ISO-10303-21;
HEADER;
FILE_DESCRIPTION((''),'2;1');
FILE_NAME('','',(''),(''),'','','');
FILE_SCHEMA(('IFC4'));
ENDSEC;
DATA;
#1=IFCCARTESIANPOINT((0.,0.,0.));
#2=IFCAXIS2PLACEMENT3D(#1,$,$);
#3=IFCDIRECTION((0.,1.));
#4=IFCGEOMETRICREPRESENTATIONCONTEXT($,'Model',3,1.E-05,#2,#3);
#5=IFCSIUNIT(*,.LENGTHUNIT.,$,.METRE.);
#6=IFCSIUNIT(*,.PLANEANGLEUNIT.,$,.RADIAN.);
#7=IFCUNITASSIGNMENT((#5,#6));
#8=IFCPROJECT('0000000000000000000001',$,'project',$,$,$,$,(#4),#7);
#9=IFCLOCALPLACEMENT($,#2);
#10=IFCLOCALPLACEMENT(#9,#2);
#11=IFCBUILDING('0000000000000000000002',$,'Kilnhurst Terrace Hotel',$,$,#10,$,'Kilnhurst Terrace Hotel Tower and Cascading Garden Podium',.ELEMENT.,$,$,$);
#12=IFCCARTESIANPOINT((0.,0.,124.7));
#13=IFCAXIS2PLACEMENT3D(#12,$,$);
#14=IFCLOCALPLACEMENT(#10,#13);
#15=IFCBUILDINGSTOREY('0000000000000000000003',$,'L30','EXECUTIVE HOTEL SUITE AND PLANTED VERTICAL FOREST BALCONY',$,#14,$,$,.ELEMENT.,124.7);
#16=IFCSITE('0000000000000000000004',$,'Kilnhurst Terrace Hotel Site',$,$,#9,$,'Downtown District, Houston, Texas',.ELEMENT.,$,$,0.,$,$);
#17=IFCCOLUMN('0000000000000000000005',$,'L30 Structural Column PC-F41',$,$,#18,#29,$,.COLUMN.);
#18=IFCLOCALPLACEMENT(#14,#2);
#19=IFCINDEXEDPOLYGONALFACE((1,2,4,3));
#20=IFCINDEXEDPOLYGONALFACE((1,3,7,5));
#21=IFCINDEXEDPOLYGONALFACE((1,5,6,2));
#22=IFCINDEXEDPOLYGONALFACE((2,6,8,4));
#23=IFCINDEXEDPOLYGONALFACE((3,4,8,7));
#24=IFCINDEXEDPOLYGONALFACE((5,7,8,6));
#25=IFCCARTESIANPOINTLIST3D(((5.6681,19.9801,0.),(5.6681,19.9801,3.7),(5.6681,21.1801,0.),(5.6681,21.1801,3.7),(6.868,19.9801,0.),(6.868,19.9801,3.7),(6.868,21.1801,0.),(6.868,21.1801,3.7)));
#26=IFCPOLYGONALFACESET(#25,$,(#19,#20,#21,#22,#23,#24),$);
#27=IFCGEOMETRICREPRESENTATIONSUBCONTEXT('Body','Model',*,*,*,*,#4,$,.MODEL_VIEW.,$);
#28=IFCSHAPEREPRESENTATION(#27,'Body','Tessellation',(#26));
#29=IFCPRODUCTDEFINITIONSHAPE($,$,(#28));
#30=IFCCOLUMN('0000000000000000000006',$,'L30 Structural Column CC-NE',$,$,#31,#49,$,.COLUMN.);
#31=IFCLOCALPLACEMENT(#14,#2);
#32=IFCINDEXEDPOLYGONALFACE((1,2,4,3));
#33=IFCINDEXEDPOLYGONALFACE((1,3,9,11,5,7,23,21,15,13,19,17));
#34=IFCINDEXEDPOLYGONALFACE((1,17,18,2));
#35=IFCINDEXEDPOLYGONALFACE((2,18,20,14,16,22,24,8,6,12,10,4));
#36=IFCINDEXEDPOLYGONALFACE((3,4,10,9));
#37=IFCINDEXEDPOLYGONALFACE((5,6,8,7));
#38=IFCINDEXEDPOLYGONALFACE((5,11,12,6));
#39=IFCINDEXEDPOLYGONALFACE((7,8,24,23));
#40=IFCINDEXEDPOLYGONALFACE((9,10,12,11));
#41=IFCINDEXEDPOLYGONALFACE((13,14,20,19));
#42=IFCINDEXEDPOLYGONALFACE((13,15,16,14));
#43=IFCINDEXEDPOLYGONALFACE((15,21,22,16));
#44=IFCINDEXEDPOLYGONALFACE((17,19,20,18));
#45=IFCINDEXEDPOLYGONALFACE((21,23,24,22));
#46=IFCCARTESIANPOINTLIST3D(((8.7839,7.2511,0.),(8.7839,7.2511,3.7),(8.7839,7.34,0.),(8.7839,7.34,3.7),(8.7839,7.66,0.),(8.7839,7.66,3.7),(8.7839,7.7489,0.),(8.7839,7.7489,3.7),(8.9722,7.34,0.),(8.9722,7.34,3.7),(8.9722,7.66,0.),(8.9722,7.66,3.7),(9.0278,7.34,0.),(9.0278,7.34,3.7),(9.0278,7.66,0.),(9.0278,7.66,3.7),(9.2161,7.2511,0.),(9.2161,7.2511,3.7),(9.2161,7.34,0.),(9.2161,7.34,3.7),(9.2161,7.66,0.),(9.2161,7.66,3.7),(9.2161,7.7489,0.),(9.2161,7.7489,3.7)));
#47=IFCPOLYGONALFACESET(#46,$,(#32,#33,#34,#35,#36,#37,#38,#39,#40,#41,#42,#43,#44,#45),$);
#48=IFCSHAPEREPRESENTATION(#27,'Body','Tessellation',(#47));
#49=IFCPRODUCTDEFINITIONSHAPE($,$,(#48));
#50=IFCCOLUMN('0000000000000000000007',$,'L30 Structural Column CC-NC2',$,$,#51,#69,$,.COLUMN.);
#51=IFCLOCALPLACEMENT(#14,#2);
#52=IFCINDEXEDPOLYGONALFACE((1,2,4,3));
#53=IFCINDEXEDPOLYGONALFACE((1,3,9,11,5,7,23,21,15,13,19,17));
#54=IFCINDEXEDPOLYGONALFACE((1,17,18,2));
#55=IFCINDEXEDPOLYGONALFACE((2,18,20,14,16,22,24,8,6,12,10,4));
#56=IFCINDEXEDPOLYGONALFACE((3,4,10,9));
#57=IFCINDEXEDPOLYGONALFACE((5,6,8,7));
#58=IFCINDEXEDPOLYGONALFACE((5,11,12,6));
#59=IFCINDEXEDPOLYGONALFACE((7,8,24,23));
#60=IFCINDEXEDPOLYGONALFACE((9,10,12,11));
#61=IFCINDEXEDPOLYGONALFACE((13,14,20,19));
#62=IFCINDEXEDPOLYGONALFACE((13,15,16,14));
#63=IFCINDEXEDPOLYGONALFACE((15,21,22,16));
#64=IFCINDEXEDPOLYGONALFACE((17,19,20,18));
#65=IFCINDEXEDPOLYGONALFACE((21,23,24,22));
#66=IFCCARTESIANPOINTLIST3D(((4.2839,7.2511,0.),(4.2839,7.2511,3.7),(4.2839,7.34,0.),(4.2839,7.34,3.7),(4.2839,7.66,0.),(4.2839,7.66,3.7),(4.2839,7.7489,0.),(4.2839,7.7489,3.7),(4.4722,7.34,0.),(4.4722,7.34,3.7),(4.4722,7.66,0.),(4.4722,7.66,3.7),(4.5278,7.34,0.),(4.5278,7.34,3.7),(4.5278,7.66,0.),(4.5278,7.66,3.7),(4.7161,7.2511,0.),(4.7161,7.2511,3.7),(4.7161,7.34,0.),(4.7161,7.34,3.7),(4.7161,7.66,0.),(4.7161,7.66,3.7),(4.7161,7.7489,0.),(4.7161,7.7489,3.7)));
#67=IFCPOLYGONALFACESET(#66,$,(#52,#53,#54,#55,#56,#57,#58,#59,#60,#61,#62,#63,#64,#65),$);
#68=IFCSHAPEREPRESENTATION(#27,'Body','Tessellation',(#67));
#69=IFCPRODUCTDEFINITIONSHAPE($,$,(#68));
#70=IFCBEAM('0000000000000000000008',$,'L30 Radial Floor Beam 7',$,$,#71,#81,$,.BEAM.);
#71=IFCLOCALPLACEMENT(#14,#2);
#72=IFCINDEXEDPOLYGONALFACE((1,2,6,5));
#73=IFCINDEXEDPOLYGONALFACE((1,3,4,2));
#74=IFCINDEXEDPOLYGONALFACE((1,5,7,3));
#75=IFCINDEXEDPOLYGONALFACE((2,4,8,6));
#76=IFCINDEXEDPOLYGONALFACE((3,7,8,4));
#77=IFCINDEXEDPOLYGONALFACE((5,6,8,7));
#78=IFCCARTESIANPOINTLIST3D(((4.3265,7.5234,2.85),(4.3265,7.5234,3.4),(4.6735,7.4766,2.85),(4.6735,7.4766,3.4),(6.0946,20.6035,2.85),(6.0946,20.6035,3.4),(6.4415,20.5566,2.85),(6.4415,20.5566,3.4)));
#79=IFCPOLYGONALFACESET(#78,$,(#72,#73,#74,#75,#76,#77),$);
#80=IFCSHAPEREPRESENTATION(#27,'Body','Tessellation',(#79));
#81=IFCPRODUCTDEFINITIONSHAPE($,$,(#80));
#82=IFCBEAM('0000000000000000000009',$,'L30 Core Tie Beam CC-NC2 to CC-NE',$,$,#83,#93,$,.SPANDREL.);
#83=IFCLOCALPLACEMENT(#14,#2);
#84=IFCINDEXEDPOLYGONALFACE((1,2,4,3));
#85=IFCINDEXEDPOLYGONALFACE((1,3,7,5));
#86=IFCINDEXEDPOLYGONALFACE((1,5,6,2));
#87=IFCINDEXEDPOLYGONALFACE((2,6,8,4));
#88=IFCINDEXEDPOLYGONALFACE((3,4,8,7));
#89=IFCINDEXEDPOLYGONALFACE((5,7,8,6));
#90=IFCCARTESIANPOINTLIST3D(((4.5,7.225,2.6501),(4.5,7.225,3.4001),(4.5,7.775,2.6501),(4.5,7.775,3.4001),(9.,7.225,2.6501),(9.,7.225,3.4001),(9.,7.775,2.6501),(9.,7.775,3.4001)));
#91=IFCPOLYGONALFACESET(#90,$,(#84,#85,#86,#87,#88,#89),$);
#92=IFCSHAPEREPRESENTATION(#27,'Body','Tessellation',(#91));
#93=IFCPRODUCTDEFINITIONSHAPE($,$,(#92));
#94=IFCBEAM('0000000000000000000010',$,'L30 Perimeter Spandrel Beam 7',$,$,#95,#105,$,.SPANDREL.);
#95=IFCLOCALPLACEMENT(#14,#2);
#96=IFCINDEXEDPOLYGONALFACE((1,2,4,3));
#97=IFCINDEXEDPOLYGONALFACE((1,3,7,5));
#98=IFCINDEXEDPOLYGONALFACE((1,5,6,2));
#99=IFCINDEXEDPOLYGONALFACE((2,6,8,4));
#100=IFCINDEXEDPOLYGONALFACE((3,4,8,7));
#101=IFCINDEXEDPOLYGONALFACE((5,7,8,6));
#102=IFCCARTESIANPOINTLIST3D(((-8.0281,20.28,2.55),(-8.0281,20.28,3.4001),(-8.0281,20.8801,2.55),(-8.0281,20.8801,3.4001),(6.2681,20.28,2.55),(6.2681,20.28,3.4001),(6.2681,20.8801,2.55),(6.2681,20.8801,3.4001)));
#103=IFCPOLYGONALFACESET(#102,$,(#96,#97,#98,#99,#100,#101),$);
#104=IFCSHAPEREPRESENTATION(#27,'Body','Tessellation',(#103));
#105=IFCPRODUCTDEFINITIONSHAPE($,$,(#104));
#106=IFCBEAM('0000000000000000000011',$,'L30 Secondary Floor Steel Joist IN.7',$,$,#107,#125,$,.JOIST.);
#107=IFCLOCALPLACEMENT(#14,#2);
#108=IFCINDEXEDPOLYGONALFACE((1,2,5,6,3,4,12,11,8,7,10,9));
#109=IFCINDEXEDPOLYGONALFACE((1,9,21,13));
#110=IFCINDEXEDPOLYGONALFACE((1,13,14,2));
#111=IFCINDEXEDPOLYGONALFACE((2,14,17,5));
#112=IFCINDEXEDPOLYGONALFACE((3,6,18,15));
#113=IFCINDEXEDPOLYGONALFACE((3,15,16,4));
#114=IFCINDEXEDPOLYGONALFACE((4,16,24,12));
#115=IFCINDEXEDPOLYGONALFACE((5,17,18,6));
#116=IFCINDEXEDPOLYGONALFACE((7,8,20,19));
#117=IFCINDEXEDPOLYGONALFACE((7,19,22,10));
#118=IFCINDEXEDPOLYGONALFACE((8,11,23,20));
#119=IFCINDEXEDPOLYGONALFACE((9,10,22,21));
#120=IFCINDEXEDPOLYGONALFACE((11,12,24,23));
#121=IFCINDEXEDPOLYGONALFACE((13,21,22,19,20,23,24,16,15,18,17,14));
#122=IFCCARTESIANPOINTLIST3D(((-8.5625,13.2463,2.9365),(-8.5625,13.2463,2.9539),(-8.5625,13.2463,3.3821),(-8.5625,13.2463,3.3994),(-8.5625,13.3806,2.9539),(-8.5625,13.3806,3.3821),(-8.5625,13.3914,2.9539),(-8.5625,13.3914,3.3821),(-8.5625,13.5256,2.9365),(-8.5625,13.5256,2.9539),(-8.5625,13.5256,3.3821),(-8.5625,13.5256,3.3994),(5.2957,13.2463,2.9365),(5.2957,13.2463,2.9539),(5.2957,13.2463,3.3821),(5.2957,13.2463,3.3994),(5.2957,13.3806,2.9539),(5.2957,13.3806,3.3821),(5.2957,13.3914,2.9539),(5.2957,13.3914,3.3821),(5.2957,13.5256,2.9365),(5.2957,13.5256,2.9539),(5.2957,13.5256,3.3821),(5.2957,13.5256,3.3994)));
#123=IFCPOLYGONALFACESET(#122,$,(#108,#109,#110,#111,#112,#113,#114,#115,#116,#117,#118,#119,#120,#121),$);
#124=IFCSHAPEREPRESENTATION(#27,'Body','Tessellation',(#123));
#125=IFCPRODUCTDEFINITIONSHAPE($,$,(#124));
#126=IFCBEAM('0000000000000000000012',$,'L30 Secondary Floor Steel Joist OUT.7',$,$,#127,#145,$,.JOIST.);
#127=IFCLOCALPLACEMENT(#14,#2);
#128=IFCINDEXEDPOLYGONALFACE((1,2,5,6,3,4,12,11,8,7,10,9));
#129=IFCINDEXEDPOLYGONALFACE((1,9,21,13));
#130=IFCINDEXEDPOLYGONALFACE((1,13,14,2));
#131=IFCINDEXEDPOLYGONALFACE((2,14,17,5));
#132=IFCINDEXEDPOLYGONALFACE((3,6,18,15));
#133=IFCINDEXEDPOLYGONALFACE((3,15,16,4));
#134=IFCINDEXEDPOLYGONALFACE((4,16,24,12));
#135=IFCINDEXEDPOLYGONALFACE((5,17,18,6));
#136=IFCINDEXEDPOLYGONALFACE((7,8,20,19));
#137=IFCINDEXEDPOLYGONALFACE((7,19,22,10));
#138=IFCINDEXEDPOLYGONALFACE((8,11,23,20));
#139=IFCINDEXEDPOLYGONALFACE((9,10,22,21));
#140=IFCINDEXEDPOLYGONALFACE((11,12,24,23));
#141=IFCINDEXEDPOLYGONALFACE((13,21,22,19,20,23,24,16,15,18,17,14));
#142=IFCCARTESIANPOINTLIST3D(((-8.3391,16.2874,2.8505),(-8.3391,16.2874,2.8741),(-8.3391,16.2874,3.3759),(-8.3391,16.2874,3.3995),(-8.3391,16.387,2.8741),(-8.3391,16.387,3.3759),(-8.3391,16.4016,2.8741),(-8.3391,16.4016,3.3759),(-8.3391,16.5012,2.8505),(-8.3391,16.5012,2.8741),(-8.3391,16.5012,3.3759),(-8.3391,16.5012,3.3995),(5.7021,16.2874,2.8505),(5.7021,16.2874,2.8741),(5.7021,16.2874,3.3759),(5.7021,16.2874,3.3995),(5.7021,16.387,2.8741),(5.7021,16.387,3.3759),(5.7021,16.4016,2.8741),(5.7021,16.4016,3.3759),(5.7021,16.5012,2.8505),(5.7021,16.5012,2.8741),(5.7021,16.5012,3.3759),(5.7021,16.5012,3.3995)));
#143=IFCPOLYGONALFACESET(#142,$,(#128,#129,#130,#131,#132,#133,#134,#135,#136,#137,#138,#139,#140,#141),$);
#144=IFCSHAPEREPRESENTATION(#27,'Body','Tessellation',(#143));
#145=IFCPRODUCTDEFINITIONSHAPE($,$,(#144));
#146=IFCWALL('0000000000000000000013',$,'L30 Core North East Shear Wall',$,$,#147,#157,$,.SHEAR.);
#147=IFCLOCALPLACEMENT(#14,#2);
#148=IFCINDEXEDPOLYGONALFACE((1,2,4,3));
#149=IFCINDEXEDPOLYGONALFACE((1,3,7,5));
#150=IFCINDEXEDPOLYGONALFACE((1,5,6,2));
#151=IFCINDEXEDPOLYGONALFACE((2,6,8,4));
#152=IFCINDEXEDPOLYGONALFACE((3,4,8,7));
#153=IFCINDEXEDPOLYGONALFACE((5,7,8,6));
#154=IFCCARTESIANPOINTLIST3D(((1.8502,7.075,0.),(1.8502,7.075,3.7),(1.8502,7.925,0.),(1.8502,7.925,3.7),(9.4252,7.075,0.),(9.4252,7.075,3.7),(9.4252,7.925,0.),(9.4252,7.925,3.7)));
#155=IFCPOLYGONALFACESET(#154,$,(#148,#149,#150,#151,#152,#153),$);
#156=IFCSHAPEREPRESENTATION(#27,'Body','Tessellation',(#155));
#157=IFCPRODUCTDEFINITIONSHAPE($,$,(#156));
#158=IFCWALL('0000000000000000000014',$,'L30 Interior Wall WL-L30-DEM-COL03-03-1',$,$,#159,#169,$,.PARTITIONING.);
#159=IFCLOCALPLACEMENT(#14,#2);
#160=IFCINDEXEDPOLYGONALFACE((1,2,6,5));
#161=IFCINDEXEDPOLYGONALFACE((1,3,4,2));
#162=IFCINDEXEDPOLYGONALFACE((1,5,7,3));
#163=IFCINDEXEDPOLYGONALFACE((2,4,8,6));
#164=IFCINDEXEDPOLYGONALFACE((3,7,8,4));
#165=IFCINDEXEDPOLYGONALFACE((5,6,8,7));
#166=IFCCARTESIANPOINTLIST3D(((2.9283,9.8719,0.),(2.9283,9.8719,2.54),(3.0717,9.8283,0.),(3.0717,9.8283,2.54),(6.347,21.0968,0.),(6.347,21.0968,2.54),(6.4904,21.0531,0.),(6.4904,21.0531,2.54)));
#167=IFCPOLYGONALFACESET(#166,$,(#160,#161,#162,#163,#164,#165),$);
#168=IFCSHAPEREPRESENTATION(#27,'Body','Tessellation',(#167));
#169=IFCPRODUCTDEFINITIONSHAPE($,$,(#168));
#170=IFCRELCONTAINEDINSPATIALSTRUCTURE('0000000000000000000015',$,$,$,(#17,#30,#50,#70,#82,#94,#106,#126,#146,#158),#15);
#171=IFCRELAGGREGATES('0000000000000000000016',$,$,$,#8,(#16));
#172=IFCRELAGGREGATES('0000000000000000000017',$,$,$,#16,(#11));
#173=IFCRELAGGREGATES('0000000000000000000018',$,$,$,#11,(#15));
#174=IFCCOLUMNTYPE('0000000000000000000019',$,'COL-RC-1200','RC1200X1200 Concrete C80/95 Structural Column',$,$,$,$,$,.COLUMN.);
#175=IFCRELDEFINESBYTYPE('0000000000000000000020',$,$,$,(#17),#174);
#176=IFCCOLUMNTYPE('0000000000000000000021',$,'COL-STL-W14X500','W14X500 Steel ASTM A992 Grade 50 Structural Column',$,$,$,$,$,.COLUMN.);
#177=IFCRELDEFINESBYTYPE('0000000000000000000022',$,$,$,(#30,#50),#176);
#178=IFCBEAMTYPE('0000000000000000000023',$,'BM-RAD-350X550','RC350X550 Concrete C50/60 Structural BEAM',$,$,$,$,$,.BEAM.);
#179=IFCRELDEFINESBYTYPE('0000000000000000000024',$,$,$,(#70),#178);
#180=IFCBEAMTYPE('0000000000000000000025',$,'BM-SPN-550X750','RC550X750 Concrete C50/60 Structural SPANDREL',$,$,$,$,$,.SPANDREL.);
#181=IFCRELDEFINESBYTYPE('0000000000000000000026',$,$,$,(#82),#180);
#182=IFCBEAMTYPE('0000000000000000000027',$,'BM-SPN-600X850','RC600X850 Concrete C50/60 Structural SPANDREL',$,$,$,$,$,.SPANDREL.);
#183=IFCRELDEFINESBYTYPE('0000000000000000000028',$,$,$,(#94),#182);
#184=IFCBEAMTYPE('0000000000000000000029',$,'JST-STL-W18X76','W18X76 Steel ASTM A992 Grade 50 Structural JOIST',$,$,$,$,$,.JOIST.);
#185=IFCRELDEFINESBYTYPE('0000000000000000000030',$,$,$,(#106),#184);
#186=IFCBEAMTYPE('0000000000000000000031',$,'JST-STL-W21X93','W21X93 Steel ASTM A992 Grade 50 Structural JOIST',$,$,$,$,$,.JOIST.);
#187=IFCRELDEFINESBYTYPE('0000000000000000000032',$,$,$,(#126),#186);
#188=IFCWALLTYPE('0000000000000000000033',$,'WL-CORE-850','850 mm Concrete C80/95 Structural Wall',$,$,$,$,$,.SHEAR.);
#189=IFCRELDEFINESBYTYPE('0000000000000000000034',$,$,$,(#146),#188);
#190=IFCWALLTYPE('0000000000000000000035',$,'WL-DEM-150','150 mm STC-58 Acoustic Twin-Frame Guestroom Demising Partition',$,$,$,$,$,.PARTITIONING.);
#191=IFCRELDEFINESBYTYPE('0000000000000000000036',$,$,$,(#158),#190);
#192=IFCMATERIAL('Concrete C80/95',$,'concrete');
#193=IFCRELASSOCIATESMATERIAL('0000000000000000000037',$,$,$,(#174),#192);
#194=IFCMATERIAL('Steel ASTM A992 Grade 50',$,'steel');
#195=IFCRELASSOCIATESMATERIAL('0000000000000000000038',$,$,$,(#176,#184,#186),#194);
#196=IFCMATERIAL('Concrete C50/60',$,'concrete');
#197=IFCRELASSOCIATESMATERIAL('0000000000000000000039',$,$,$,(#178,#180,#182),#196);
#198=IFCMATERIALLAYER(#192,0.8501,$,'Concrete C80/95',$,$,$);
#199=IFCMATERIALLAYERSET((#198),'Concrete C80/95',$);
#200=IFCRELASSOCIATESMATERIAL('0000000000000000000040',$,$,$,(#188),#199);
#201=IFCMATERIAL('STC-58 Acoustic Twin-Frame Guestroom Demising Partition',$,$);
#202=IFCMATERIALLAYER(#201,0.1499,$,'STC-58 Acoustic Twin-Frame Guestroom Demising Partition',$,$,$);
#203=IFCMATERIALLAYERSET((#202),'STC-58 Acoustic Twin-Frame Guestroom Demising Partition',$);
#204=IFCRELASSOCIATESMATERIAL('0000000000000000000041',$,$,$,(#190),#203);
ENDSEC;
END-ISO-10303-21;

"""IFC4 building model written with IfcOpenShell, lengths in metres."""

from ifc_helpers import new_model, si_unit, direction, frame, frame_2d, origin, origin_2d, place, context, subcontext, project, spatial, rectangle, i_section, extrude, material, layer, layer_set, material_profile, profile_set, type_object, element, save


model = new_model("IFC4")

# Units and contexts
model_context = context("Model", 3, precision=1e-05, world=origin(), true_north=direction((0.0, 1.0)))
body_context = subcontext(model_context, "Body", "Model", "MODEL_VIEW")
ifc_project = project(units=[si_unit("LENGTHUNIT", "METRE"), si_unit("PLANEANGLEUNIT", "RADIAN")], contexts=[model_context])

# Site, building, storey
site_placement = place(None, origin())
site = spatial("IfcSite", under=ifc_project, at=site_placement, Name="Kilnhurst Terrace Hotel Site", LongName="Downtown District, Houston, Texas", CompositionType="ELEMENT", RefElevation=0.0)
building_placement = place(site_placement, origin())
building = spatial("IfcBuilding", under=site, at=building_placement, Name="Kilnhurst Terrace Hotel", LongName="Kilnhurst Terrace Hotel Tower and Cascading Garden Podium", CompositionType="ELEMENT")
storey_placement = place(building_placement, frame((0.0, 0.0, 124.7)))
storey = spatial("IfcBuildingStorey", under=building, at=storey_placement, Name="L30", Description="EXECUTIVE HOTEL SUITE AND PLANTED VERTICAL FOREST BALCONY", CompositionType="ELEMENT", Elevation=124.7)

# Columns
ifc_material_1 = material(Name="Concrete C80/95", Category="concrete")
ifc_material_profile_1 = material_profile(ifc_material_1, rectangle(XDim=1.2, YDim=1.2, at=origin_2d()), Name="RC1200X1200")
ifc_profile_set_1 = profile_set([ifc_material_profile_1], Name="Concrete C80/95")
column_type_1 = type_object("IfcColumnType", Name="COL-RC-1200", Description="RC1200X1200 Concrete C80/95 Structural Column", PredefinedType="COLUMN", material=ifc_profile_set_1)
column_placement = place(storey_placement, frame((6.2681, 20.5801, 0.0), z_axis=(0.0, 0.0, 1.0), x_axis=(1.0, 0.0, 0.0)))
element("IfcColumn", 1, at=column_placement, inside=storey, type_object=column_type_1, Name="L30 Structural Column PC-F41", PredefinedType="COLUMN", context=body_context, shape_type="SweptSolid", body=[
    extrude(rectangle(XDim=1.2, YDim=1.2, at=origin_2d()), origin(), (0.0, 0.0, 1.0), 3.7),
])
ifc_material_2 = material(Name="Steel ASTM A992 Grade 50", Category="steel")
ifc_material_profile_2 = material_profile(ifc_material_2, i_section(OverallWidth=0.4321, OverallDepth=0.4978, WebThickness=0.0557, FlangeThickness=0.0889, at=origin_2d()), Name="W14X500")
ifc_profile_set_2 = profile_set([ifc_material_profile_2], Name="Steel ASTM A992 Grade 50")
column_type_2 = type_object("IfcColumnType", Name="COL-STL-W14X500", Description="W14X500 Steel ASTM A992 Grade 50 Structural Column", PredefinedType="COLUMN", material=ifc_profile_set_2)
for number, where, z_axis, x_axis, name in (
    (2, (9.0, 7.5, 0.0), (0.0, 0.0, 1.0), (1.0, 0.0, 0.0), "L30 Structural Column CC-NE"),
    (3, (4.5, 7.5, 0.0), (0.0, 0.0, 1.0), (1.0, 0.0, 0.0), "L30 Structural Column CC-NC2"),
):
    element("IfcColumn", number, at=place(storey_placement, frame(where, z_axis=z_axis, x_axis=x_axis)), inside=storey, type_object=column_type_2, Name=name, PredefinedType="COLUMN", context=body_context, shape_type="SweptSolid", body=[
        extrude(i_section(OverallWidth=0.4321, OverallDepth=0.4978, WebThickness=0.0557, FlangeThickness=0.0889, at=origin_2d()), origin(), (0.0, 0.0, 1.0), 3.7),
    ])

# Beams
ifc_material_3 = material(Name="Concrete C50/60", Category="concrete")
ifc_material_profile_3 = material_profile(ifc_material_3, rectangle(XDim=0.3501, YDim=0.55, at=origin_2d()), Name="RC350X550")
ifc_profile_set_3 = profile_set([ifc_material_profile_3], Name="Concrete C50/60")
beam_type_1 = type_object("IfcBeamType", Name="BM-RAD-350X550", Description="RC350X550 Concrete C50/60 Structural BEAM", PredefinedType="BEAM", material=ifc_profile_set_3)
beam_1_placement = place(storey_placement, frame((4.5, 7.5, 3.125), z_axis=(0.133954, 0.990988, 0.0), x_axis=(-0.990988, 0.133954, 0.0)))
element("IfcBeam", 4, at=beam_1_placement, inside=storey, type_object=beam_type_1, Name="L30 Radial Floor Beam 7", PredefinedType="BEAM", context=body_context, shape_type="SweptSolid", body=[
    extrude(rectangle(XDim=0.3501, YDim=0.55, at=origin_2d()), origin(), (0.0, 0.0, 1.0), 13.199),
])
ifc_material_profile_4 = material_profile(ifc_material_3, rectangle(XDim=0.55, YDim=0.75, at=origin_2d()), Name="RC550X750")
ifc_profile_set_4 = profile_set([ifc_material_profile_4], Name="Concrete C50/60")
beam_type_2 = type_object("IfcBeamType", Name="BM-SPN-550X750", Description="RC550X750 Concrete C50/60 Structural SPANDREL", PredefinedType="SPANDREL", material=ifc_profile_set_4)
beam_2_placement = place(storey_placement, frame((4.5, 7.5, 3.0251), z_axis=(1.0, 0.0, 0.0), x_axis=(0.0, 1.0, 0.0)))
element("IfcBeam", 5, at=beam_2_placement, inside=storey, type_object=beam_type_2, Name="L30 Core Tie Beam CC-NC2 to CC-NE", PredefinedType="SPANDREL", context=body_context, shape_type="SweptSolid", body=[
    extrude(rectangle(XDim=0.55, YDim=0.75, at=origin_2d()), origin(), (0.0, 0.0, 1.0), 4.5),
])
ifc_material_profile_5 = material_profile(ifc_material_3, rectangle(XDim=0.6001, YDim=0.8501, at=origin_2d()), Name="RC600X850")
ifc_profile_set_5 = profile_set([ifc_material_profile_5], Name="Concrete C50/60")
beam_type_3 = type_object("IfcBeamType", Name="BM-SPN-600X850", Description="RC600X850 Concrete C50/60 Structural SPANDREL", PredefinedType="SPANDREL", material=ifc_profile_set_5)
beam_3_placement = place(storey_placement, frame((6.2681, 20.5801, 2.9751), z_axis=(-1.0, 0.0, 0.0), x_axis=(0.0, -1.0, 0.0)))
element("IfcBeam", 6, at=beam_3_placement, inside=storey, type_object=beam_type_3, Name="L30 Perimeter Spandrel Beam 7", PredefinedType="SPANDREL", context=body_context, shape_type="SweptSolid", body=[
    extrude(rectangle(XDim=0.6001, YDim=0.8501, at=origin_2d()), origin(), (0.0, 0.0, 1.0), 14.2961),
])
ifc_material_profile_6 = material_profile(ifc_material_2, i_section(OverallWidth=0.2793, OverallDepth=0.4629, WebThickness=0.0107, FlangeThickness=0.0173, at=origin_2d()), Name="W18X76")
ifc_profile_set_6 = profile_set([ifc_material_profile_6], Name="Steel ASTM A992 Grade 50")
beam_type_4 = type_object("IfcBeamType", Name="JST-STL-W18X76", Description="W18X76 Steel ASTM A992 Grade 50 Structural JOIST", PredefinedType="JOIST", material=ifc_profile_set_6)
beam_4_placement = place(storey_placement, frame((5.2957, 13.386, 3.168), z_axis=(-1.0, 0.0, 0.0), x_axis=(0.0, -1.0, 0.0)))
element("IfcBeam", 7, at=beam_4_placement, inside=storey, type_object=beam_type_4, Name="L30 Secondary Floor Steel Joist IN.7", PredefinedType="JOIST", context=body_context, shape_type="SweptSolid", body=[
    extrude(i_section(OverallWidth=0.2793, OverallDepth=0.4629, WebThickness=0.0107, FlangeThickness=0.0173, at=origin_2d()), origin(), (0.0, 0.0, 1.0), 13.8582),
])
ifc_material_profile_7 = material_profile(ifc_material_2, i_section(OverallWidth=0.2139, OverallDepth=0.5491, WebThickness=0.0146, FlangeThickness=0.0237, at=origin_2d()), Name="W21X93")
ifc_profile_set_7 = profile_set([ifc_material_profile_7], Name="Steel ASTM A992 Grade 50")
beam_type_5 = type_object("IfcBeamType", Name="JST-STL-W21X93", Description="W21X93 Steel ASTM A992 Grade 50 Structural JOIST", PredefinedType="JOIST", material=ifc_profile_set_7)
beam_5_placement = place(storey_placement, frame((5.7021, 16.3943, 3.125), z_axis=(-1.0, 0.0, 0.0), x_axis=(0.0, -1.0, 0.0)))
element("IfcBeam", 8, at=beam_5_placement, inside=storey, type_object=beam_type_5, Name="L30 Secondary Floor Steel Joist OUT.7", PredefinedType="JOIST", context=body_context, shape_type="SweptSolid", body=[
    extrude(i_section(OverallWidth=0.2139, OverallDepth=0.5491, WebThickness=0.0146, FlangeThickness=0.0237, at=origin_2d()), origin(), (0.0, 0.0, 1.0), 14.0413),
])

# Walls
ifc_layer_1 = layer(ifc_material_1, 0.8501, Name="Concrete C80/95")
ifc_layer_set_1 = layer_set([ifc_layer_1], Name="Concrete C80/95")
wall_type_1 = type_object("IfcWallType", Name="WL-CORE-850", Description="850 mm Concrete C80/95 Structural Wall", PredefinedType="SHEAR", material=ifc_layer_set_1)
wall_1_placement = place(storey_placement, frame((1.8501, 7.5, 0.0), z_axis=(0.0, 0.0, 1.0), x_axis=(1.0, 0.0, 0.0)))
element("IfcWall", 9, at=wall_1_placement, inside=storey, type_object=wall_type_1, Name="L30 Core North East Shear Wall", PredefinedType="SHEAR", context=body_context, shape_type="SweptSolid", body=[
    extrude(rectangle(XDim=7.575, YDim=0.8501, at=frame_2d((3.7876, 0.0))), origin(), (0.0, 0.0, 1.0), 3.7),
])
ifc_material_4 = material(Name="STC-58 Acoustic Twin-Frame Guestroom Demising Partition")
ifc_layer_2 = layer(ifc_material_4, 0.1499, Name="STC-58 Acoustic Twin-Frame Guestroom Demising Partition")
ifc_layer_set_2 = layer_set([ifc_layer_2], Name="STC-58 Acoustic Twin-Frame Guestroom Demising Partition")
wall_type_2 = type_object("IfcWallType", Name="WL-DEM-150", Description="150 mm STC-58 Acoustic Twin-Frame Guestroom Demising Partition", PredefinedType="PARTITIONING", material=ifc_layer_set_2)
wall_2_placement = place(storey_placement, frame((3.0, 9.8501, 0.0), z_axis=(0.0, 0.0, 1.0), x_axis=(0.291352, 0.956616, 0.0)))
element("IfcWall", 10, at=wall_2_placement, inside=storey, type_object=wall_type_2, Name="L30 Interior Wall WL-L30-DEM-COL03-03-1", PredefinedType="PARTITIONING", context=body_context, shape_type="SweptSolid", body=[
    extrude(rectangle(XDim=11.7339, YDim=0.1499, at=frame_2d((5.8669, 0.0))), origin(), (0.0, 0.0, 1.0), 2.54),
])

save(model, "model.ifc")
